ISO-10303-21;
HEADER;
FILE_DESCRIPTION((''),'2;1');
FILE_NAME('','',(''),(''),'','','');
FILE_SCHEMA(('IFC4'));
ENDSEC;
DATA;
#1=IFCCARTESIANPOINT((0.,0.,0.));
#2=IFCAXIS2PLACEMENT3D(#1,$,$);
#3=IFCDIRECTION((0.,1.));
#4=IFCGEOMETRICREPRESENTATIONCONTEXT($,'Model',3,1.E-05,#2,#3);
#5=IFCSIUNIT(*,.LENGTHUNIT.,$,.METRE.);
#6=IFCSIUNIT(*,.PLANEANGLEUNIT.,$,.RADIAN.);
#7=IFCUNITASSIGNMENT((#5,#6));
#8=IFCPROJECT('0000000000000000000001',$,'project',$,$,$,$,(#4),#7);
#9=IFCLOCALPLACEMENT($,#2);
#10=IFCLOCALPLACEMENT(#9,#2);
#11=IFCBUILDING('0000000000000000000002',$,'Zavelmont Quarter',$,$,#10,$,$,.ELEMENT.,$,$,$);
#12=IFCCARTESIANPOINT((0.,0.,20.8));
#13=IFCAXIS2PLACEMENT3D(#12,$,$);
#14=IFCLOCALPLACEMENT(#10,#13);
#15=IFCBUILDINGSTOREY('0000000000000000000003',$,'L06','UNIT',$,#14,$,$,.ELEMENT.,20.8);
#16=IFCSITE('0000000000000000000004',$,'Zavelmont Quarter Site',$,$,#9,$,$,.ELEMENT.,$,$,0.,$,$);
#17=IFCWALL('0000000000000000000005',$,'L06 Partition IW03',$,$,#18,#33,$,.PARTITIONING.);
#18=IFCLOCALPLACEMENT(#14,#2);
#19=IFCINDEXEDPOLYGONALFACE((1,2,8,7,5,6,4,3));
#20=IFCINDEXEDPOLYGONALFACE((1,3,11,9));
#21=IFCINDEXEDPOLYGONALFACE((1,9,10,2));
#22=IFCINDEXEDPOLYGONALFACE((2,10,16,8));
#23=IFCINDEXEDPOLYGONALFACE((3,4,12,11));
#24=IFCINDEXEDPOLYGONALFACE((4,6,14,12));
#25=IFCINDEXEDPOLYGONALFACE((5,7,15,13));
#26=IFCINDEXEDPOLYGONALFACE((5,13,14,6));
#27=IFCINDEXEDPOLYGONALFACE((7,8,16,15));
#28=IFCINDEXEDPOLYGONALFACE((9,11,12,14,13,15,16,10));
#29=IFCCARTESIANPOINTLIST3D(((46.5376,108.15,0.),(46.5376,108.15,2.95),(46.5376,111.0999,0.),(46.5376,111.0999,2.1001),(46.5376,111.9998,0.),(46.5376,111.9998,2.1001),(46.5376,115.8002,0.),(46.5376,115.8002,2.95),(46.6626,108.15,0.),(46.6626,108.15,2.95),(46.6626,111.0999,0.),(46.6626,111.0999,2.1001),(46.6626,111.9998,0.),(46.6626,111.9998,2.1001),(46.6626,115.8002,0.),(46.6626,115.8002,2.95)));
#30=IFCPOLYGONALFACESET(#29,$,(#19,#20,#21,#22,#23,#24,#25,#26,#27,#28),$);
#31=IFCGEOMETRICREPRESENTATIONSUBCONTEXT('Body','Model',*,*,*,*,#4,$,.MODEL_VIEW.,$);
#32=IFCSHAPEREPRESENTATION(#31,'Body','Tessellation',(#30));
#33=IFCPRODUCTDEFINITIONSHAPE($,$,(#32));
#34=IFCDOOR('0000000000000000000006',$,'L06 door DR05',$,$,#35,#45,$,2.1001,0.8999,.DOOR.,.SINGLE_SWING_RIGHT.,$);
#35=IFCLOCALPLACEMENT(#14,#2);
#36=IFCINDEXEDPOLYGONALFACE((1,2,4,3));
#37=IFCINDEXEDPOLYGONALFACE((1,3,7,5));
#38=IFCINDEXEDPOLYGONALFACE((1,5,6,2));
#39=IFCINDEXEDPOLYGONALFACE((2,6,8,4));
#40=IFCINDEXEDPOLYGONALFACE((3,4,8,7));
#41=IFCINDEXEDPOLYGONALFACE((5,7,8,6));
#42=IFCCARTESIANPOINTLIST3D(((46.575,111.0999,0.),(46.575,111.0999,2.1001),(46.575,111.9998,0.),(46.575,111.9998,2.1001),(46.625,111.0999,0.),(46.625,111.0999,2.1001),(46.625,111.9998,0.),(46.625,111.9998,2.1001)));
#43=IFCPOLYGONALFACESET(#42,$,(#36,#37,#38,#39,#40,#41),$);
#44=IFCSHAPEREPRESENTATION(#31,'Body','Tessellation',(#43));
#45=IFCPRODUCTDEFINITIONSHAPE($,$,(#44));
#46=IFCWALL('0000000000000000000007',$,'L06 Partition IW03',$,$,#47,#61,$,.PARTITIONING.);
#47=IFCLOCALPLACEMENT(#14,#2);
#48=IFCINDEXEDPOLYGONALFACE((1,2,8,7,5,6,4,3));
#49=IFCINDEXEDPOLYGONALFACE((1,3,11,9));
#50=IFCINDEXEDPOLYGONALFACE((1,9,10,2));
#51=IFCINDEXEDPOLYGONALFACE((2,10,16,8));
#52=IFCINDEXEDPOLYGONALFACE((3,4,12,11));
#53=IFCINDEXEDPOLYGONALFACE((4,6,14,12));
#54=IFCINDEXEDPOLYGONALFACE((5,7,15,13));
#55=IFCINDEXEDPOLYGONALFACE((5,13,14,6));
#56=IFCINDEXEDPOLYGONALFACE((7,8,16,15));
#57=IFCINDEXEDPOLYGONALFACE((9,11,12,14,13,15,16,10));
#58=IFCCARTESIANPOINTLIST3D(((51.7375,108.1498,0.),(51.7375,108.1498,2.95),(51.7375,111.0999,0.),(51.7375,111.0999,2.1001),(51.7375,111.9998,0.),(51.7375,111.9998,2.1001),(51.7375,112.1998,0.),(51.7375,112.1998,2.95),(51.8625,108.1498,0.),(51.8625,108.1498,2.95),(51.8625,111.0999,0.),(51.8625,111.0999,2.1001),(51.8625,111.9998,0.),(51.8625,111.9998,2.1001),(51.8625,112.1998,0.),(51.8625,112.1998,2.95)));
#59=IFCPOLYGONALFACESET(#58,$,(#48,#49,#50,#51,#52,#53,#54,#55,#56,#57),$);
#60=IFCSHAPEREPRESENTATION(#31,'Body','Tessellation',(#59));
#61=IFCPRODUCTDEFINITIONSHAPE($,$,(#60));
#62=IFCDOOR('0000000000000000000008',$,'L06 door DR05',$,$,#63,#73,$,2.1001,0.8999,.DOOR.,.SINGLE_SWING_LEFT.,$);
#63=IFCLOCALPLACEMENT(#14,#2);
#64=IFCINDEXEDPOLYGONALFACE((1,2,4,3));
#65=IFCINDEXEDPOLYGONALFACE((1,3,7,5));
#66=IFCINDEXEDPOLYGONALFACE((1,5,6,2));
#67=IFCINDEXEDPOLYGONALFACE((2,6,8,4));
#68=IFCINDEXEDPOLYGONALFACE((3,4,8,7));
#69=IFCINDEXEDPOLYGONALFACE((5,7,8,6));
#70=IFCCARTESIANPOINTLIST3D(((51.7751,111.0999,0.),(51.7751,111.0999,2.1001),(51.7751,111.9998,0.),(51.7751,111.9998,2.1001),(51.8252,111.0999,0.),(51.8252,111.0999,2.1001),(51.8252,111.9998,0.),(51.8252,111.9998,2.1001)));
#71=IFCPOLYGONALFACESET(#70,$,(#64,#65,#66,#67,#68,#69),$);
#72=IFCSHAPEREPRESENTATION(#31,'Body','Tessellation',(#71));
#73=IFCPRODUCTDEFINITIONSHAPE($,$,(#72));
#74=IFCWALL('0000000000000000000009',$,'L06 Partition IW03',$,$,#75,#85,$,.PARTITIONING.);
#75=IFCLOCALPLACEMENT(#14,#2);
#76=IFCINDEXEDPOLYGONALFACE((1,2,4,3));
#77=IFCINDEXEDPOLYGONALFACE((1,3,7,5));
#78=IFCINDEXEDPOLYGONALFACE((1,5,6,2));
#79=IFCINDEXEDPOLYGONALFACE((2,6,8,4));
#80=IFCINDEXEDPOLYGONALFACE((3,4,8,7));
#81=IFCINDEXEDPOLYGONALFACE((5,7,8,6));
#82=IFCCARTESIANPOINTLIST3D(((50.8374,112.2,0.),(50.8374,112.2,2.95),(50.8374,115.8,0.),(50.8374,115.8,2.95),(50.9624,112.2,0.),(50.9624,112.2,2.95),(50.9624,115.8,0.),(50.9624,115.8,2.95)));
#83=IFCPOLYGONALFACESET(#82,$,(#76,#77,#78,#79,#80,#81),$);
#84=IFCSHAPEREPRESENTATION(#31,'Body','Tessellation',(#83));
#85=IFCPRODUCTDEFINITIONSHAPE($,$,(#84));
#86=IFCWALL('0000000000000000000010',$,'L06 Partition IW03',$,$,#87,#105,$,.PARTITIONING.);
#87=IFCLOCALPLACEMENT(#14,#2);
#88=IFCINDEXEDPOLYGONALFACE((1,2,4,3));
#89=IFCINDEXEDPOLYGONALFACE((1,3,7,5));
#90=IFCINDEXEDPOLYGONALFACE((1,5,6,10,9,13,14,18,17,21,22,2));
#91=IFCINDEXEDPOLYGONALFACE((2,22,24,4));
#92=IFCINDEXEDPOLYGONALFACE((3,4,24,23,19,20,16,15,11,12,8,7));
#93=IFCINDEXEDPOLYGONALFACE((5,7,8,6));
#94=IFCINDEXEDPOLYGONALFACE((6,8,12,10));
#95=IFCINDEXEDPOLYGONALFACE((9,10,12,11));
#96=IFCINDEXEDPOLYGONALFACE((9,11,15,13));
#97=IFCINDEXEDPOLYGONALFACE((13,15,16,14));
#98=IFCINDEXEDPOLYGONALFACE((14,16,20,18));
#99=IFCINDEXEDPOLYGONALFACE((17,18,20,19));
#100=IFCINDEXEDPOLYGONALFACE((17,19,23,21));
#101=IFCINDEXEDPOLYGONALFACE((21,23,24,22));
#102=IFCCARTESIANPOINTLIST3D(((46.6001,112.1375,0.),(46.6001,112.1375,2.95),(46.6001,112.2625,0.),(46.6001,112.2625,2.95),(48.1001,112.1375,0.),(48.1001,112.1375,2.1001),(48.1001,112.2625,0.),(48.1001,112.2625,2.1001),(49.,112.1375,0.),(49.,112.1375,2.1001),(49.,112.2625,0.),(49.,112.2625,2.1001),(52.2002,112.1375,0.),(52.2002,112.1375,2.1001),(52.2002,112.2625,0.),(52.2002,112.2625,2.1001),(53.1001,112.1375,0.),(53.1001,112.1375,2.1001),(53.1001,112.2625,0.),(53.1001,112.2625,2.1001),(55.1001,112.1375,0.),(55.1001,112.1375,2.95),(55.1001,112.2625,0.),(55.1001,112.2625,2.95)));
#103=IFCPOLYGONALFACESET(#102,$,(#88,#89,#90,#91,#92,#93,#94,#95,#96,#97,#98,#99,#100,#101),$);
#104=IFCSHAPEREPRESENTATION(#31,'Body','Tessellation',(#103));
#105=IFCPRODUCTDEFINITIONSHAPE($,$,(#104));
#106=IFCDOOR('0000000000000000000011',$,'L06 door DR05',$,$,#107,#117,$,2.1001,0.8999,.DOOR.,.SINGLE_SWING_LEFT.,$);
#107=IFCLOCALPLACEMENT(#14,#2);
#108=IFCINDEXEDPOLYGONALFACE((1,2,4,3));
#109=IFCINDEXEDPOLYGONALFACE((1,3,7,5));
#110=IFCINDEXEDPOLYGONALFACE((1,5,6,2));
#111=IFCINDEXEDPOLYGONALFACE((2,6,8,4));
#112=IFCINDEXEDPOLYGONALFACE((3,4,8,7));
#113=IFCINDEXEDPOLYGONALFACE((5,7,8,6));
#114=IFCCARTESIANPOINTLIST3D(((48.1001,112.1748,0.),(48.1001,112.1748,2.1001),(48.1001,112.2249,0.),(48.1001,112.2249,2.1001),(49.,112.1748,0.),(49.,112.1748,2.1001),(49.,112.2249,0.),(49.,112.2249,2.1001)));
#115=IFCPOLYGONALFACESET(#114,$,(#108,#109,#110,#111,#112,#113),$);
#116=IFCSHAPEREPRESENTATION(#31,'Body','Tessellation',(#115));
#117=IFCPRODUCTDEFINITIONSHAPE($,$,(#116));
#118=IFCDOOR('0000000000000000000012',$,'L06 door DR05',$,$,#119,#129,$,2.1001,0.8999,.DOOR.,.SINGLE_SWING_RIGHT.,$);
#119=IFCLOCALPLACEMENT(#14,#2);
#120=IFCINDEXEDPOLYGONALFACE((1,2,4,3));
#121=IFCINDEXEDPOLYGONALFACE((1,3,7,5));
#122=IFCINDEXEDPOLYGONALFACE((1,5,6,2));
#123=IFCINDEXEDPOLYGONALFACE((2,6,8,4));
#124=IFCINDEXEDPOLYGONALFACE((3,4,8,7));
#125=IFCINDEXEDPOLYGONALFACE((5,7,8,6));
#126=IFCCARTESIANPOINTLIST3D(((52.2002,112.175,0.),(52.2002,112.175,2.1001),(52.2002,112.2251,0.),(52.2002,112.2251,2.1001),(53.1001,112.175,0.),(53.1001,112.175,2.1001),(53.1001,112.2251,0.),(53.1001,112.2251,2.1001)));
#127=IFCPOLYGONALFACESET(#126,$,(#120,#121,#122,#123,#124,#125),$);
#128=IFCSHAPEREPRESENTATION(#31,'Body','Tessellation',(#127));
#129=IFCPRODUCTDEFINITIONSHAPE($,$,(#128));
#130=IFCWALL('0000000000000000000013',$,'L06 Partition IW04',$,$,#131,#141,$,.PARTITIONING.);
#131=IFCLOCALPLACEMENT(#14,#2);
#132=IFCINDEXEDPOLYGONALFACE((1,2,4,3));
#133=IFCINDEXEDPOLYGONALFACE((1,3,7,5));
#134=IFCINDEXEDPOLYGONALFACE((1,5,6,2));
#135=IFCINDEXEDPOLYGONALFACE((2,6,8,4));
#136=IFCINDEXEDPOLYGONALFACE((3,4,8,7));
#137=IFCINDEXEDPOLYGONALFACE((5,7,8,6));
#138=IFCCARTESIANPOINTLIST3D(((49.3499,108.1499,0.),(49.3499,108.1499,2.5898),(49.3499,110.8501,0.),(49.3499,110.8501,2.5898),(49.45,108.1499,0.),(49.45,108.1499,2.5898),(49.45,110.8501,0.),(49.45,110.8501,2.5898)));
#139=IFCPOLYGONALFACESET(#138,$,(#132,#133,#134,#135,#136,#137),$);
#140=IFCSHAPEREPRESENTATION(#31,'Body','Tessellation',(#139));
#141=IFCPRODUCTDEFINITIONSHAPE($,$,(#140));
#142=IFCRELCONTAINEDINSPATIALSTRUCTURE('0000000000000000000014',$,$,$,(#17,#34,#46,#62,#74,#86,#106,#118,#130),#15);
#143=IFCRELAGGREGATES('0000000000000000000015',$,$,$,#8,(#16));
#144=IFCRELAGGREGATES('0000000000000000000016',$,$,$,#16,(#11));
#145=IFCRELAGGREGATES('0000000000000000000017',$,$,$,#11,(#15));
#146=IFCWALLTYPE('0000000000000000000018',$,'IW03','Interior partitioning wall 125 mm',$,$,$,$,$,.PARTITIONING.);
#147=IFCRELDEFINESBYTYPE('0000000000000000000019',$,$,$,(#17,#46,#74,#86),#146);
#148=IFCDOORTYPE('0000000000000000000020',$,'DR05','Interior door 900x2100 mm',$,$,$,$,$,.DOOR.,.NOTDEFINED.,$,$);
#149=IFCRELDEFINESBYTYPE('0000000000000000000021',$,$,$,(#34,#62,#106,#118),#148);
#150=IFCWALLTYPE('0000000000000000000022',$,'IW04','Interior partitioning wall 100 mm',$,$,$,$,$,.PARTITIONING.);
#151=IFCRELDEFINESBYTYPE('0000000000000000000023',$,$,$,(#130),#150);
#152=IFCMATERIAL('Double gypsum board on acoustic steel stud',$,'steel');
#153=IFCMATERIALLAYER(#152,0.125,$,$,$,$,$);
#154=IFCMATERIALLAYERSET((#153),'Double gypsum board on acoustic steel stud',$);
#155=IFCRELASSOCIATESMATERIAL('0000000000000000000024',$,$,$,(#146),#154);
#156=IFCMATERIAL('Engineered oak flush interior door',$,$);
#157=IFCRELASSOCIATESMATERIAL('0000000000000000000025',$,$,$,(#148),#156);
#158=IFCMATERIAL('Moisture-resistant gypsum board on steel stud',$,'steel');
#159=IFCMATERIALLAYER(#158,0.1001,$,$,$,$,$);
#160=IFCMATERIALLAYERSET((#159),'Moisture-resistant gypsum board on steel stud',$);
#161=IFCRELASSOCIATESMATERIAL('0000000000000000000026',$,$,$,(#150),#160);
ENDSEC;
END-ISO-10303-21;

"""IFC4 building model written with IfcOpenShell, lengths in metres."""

from ifc_helpers import new_model, si_unit, direction, frame, frame_2d, origin, origin_with_axes, place, context, subcontext, project, spatial, rectangle, extrude, material, layer, layer_set, type_object, element, fill, save


model = new_model("IFC4")

# Units and contexts
model_context = context("Model", 3, precision=1e-05, world=origin(), true_north=direction((0.0, 1.0)))
body_context = subcontext(model_context, "Body", "Model", "MODEL_VIEW")
ifc_project = project(units=[si_unit("LENGTHUNIT", "METRE"), si_unit("PLANEANGLEUNIT", "RADIAN")], contexts=[model_context])

# Site, building, storey
site_placement = place(None, origin())
site = spatial("IfcSite", under=ifc_project, at=site_placement, Name="Zavelmont Quarter Site", CompositionType="ELEMENT", RefElevation=0.0)
building_placement = place(site_placement, origin())
building = spatial("IfcBuilding", under=site, at=building_placement, Name="Zavelmont Quarter", CompositionType="ELEMENT")
storey_placement = place(building_placement, frame((0.0, 0.0, 20.8)))
storey = spatial("IfcBuildingStorey", under=building, at=storey_placement, Name="L06", Description="UNIT", CompositionType="ELEMENT", Elevation=20.8)

# Walls, openings, doors
ifc_material_1 = material(Name="Double gypsum board on acoustic steel stud", Category="steel")
ifc_layer_1 = layer(ifc_material_1, 0.125)
ifc_layer_set_1 = layer_set([ifc_layer_1], Name="Double gypsum board on acoustic steel stud")
wall_type_1 = type_object("IfcWallType", Name="IW03", Description="Interior partitioning wall 125 mm", PredefinedType="PARTITIONING", material=ifc_layer_set_1)
wall_1_placement = place(storey_placement, frame((46.6001, 108.1499, 0.0), z_axis=(0.0, 0.0, 1.0), x_axis=(0.0, 1.0, 0.0)))
wall_1 = element("IfcWall", 1, at=wall_1_placement, inside=storey, type_object=wall_type_1, Name="L06 Partition IW03", PredefinedType="PARTITIONING", context=body_context, shape_type="SweptSolid", body=[
    extrude(rectangle(XDim=7.6501, YDim=0.125, at=frame_2d((3.8252, 0.0))), origin(), (0.0, 0.0, 1.0), 2.95),
])
opening_1_placement = place(wall_1_placement, frame((2.95, 0.0, 0.0)))
opening_1 = element("IfcOpeningElement", 2, at=opening_1_placement, cuts=wall_1, PredefinedType="OPENING", context=body_context, shape_type="SweptSolid", body=[
    extrude(rectangle(XDim=0.8999, YDim=2.1001, at=frame_2d((0.45, 1.05))), frame((0.0, 0.0745, 0.0), z_axis=(0.0, -1.0, 0.0), x_axis=(1.0, 0.0, 0.0)), (0.0, 0.0, 1.0), 0.1489),
])
ifc_material_2 = material(Name="Engineered oak flush interior door")
door_type_1 = type_object("IfcDoorType", Name="DR05", Description="Interior door 900x2100 mm", OperationType="NOTDEFINED", PredefinedType="DOOR", material=ifc_material_2)
door_1_placement = place(opening_1_placement, frame((0.8999, 0.0, 0.0), z_axis=(0.0, 0.0, 1.0), x_axis=(-1.0, 0.0, 0.0)))
door_1 = element("IfcDoor", 3, at=door_1_placement, inside=storey, type_object=door_type_1, Name="L06 door DR05", OperationType="SINGLE_SWING_RIGHT", OverallHeight=2.1001, OverallWidth=0.8999, PredefinedType="DOOR", context=body_context, shape_type="SweptSolid", body=[
    extrude(rectangle(XDim=0.8999, YDim=2.1001, at=frame_2d((0.45, 1.05))), frame((0.0, 0.0249, 0.0), z_axis=(0.0, -1.0, 0.0), x_axis=(1.0, 0.0, 0.0)), (0.0, 0.0, 1.0), 0.05),
])
fill(opening_1, door_1)
wall_2_placement = place(storey_placement, frame((51.8, 108.1499, 0.0), z_axis=(0.0, 0.0, 1.0), x_axis=(0.0, 1.0, 0.0)))
wall_2 = element("IfcWall", 4, at=wall_2_placement, inside=storey, type_object=wall_type_1, Name="L06 Partition IW03", PredefinedType="PARTITIONING", context=body_context, shape_type="SweptSolid", body=[
    extrude(rectangle(XDim=4.05, YDim=0.125, at=frame_2d((2.0249, 0.0))), origin(), (0.0, 0.0, 1.0), 2.95),
])
opening_2_placement = place(wall_2_placement, frame((2.95, 0.0, 0.0)))
opening_2 = element("IfcOpeningElement", 5, at=opening_2_placement, cuts=wall_2, PredefinedType="OPENING", context=body_context, shape_type="SweptSolid", body=[
    extrude(rectangle(XDim=0.8999, YDim=2.1001, at=frame_2d((0.45, 1.05))), frame((0.0, 0.0745, 0.0), z_axis=(0.0, -1.0, 0.0), x_axis=(1.0, 0.0, 0.0)), (0.0, 0.0, 1.0), 0.1489),
])
door_2_placement = place(opening_2_placement, origin_with_axes())
door_2 = element("IfcDoor", 6, at=door_2_placement, inside=storey, type_object=door_type_1, Name="L06 door DR05", OperationType="SINGLE_SWING_LEFT", OverallHeight=2.1001, OverallWidth=0.8999, PredefinedType="DOOR", context=body_context, shape_type="SweptSolid", body=[
    extrude(rectangle(XDim=0.8999, YDim=2.1001, at=frame_2d((0.45, 1.05))), frame((0.0, 0.0249, 0.0), z_axis=(0.0, -1.0, 0.0), x_axis=(1.0, 0.0, 0.0)), (0.0, 0.0, 1.0), 0.05),
])
fill(opening_2, door_2)

# Wall
wall_3_placement = place(storey_placement, frame((50.8999, 112.2, 0.0), z_axis=(0.0, 0.0, 1.0), x_axis=(0.0, 1.0, 0.0)))
element("IfcWall", 7, at=wall_3_placement, inside=storey, type_object=wall_type_1, Name="L06 Partition IW03", PredefinedType="PARTITIONING", context=body_context, shape_type="SweptSolid", body=[
    extrude(rectangle(XDim=3.6001, YDim=0.125, at=frame_2d((1.8, 0.0))), origin(), (0.0, 0.0, 1.0), 2.95),
])

# Wall, openings, doors
wall_4_placement = place(storey_placement, frame((46.6001, 112.2, 0.0), z_axis=(0.0, 0.0, 1.0), x_axis=(1.0, 0.0, 0.0)))
wall_4 = element("IfcWall", 8, at=wall_4_placement, inside=storey, type_object=wall_type_1, Name="L06 Partition IW03", PredefinedType="PARTITIONING", context=body_context, shape_type="SweptSolid", body=[
    extrude(rectangle(XDim=8.5, YDim=0.125, at=frame_2d((4.25, 0.0))), origin(), (0.0, 0.0, 1.0), 2.95),
])
opening_3_placement = place(wall_4_placement, frame((1.5, 0.0, 0.0)))
opening_3 = element("IfcOpeningElement", 9, at=opening_3_placement, cuts=wall_4, PredefinedType="OPENING", context=body_context, shape_type="SweptSolid", body=[
    extrude(rectangle(XDim=0.8999, YDim=2.1001, at=frame_2d((0.45, 1.05))), frame((0.0, 0.0745, 0.0), z_axis=(0.0, -1.0, 0.0), x_axis=(1.0, 0.0, 0.0)), (0.0, 0.0, 1.0), 0.1489),
])
opening_4_placement = place(wall_4_placement, frame((5.6001, 0.0, 0.0)))
opening_4 = element("IfcOpeningElement", 10, at=opening_4_placement, cuts=wall_4, PredefinedType="OPENING", context=body_context, shape_type="SweptSolid", body=[
    extrude(rectangle(XDim=0.8999, YDim=2.1001, at=frame_2d((0.45, 1.05))), frame((0.0, 0.0745, 0.0), z_axis=(0.0, -1.0, 0.0), x_axis=(1.0, 0.0, 0.0)), (0.0, 0.0, 1.0), 0.1489),
])
door_3_placement = place(opening_3_placement, origin_with_axes())
door_3 = element("IfcDoor", 11, at=door_3_placement, inside=storey, type_object=door_type_1, Name="L06 door DR05", OperationType="SINGLE_SWING_LEFT", OverallHeight=2.1001, OverallWidth=0.8999, PredefinedType="DOOR", context=body_context, shape_type="SweptSolid", body=[
    extrude(rectangle(XDim=0.8999, YDim=2.1001, at=frame_2d((0.45, 1.05))), frame((0.0, 0.0249, 0.0), z_axis=(0.0, -1.0, 0.0), x_axis=(1.0, 0.0, 0.0)), (0.0, 0.0, 1.0), 0.05),
])
fill(opening_3, door_3)
door_4_placement = place(opening_4_placement, frame((0.8999, 0.0, 0.0), z_axis=(0.0, 0.0, 1.0), x_axis=(-1.0, 0.0, 0.0)))
door_4 = element("IfcDoor", 12, at=door_4_placement, inside=storey, type_object=door_type_1, Name="L06 door DR05", OperationType="SINGLE_SWING_RIGHT", OverallHeight=2.1001, OverallWidth=0.8999, PredefinedType="DOOR", context=body_context, shape_type="SweptSolid", body=[
    extrude(rectangle(XDim=0.8999, YDim=2.1001, at=frame_2d((0.45, 1.05))), frame((0.0, 0.0249, 0.0), z_axis=(0.0, -1.0, 0.0), x_axis=(1.0, 0.0, 0.0)), (0.0, 0.0, 1.0), 0.05),
])
fill(opening_4, door_4)

# Wall
ifc_material_3 = material(Name="Moisture-resistant gypsum board on steel stud", Category="steel")
ifc_layer_2 = layer(ifc_material_3, 0.1001)
ifc_layer_set_2 = layer_set([ifc_layer_2], Name="Moisture-resistant gypsum board on steel stud")
wall_type_2 = type_object("IfcWallType", Name="IW04", Description="Interior partitioning wall 100 mm", PredefinedType="PARTITIONING", material=ifc_layer_set_2)
wall_5_placement = place(storey_placement, frame((49.3999, 108.1499, 0.0), z_axis=(0.0, 0.0, 1.0), x_axis=(0.0, 1.0, 0.0)))
element("IfcWall", 13, at=wall_5_placement, inside=storey, type_object=wall_type_2, Name="L06 Partition IW04", PredefinedType="PARTITIONING", context=body_context, shape_type="SweptSolid", body=[
    extrude(rectangle(XDim=2.7002, YDim=0.1001, at=frame_2d((1.3501, 0.0))), origin(), (0.0, 0.0, 1.0), 2.5898),
])

save(model, "model.ifc")
